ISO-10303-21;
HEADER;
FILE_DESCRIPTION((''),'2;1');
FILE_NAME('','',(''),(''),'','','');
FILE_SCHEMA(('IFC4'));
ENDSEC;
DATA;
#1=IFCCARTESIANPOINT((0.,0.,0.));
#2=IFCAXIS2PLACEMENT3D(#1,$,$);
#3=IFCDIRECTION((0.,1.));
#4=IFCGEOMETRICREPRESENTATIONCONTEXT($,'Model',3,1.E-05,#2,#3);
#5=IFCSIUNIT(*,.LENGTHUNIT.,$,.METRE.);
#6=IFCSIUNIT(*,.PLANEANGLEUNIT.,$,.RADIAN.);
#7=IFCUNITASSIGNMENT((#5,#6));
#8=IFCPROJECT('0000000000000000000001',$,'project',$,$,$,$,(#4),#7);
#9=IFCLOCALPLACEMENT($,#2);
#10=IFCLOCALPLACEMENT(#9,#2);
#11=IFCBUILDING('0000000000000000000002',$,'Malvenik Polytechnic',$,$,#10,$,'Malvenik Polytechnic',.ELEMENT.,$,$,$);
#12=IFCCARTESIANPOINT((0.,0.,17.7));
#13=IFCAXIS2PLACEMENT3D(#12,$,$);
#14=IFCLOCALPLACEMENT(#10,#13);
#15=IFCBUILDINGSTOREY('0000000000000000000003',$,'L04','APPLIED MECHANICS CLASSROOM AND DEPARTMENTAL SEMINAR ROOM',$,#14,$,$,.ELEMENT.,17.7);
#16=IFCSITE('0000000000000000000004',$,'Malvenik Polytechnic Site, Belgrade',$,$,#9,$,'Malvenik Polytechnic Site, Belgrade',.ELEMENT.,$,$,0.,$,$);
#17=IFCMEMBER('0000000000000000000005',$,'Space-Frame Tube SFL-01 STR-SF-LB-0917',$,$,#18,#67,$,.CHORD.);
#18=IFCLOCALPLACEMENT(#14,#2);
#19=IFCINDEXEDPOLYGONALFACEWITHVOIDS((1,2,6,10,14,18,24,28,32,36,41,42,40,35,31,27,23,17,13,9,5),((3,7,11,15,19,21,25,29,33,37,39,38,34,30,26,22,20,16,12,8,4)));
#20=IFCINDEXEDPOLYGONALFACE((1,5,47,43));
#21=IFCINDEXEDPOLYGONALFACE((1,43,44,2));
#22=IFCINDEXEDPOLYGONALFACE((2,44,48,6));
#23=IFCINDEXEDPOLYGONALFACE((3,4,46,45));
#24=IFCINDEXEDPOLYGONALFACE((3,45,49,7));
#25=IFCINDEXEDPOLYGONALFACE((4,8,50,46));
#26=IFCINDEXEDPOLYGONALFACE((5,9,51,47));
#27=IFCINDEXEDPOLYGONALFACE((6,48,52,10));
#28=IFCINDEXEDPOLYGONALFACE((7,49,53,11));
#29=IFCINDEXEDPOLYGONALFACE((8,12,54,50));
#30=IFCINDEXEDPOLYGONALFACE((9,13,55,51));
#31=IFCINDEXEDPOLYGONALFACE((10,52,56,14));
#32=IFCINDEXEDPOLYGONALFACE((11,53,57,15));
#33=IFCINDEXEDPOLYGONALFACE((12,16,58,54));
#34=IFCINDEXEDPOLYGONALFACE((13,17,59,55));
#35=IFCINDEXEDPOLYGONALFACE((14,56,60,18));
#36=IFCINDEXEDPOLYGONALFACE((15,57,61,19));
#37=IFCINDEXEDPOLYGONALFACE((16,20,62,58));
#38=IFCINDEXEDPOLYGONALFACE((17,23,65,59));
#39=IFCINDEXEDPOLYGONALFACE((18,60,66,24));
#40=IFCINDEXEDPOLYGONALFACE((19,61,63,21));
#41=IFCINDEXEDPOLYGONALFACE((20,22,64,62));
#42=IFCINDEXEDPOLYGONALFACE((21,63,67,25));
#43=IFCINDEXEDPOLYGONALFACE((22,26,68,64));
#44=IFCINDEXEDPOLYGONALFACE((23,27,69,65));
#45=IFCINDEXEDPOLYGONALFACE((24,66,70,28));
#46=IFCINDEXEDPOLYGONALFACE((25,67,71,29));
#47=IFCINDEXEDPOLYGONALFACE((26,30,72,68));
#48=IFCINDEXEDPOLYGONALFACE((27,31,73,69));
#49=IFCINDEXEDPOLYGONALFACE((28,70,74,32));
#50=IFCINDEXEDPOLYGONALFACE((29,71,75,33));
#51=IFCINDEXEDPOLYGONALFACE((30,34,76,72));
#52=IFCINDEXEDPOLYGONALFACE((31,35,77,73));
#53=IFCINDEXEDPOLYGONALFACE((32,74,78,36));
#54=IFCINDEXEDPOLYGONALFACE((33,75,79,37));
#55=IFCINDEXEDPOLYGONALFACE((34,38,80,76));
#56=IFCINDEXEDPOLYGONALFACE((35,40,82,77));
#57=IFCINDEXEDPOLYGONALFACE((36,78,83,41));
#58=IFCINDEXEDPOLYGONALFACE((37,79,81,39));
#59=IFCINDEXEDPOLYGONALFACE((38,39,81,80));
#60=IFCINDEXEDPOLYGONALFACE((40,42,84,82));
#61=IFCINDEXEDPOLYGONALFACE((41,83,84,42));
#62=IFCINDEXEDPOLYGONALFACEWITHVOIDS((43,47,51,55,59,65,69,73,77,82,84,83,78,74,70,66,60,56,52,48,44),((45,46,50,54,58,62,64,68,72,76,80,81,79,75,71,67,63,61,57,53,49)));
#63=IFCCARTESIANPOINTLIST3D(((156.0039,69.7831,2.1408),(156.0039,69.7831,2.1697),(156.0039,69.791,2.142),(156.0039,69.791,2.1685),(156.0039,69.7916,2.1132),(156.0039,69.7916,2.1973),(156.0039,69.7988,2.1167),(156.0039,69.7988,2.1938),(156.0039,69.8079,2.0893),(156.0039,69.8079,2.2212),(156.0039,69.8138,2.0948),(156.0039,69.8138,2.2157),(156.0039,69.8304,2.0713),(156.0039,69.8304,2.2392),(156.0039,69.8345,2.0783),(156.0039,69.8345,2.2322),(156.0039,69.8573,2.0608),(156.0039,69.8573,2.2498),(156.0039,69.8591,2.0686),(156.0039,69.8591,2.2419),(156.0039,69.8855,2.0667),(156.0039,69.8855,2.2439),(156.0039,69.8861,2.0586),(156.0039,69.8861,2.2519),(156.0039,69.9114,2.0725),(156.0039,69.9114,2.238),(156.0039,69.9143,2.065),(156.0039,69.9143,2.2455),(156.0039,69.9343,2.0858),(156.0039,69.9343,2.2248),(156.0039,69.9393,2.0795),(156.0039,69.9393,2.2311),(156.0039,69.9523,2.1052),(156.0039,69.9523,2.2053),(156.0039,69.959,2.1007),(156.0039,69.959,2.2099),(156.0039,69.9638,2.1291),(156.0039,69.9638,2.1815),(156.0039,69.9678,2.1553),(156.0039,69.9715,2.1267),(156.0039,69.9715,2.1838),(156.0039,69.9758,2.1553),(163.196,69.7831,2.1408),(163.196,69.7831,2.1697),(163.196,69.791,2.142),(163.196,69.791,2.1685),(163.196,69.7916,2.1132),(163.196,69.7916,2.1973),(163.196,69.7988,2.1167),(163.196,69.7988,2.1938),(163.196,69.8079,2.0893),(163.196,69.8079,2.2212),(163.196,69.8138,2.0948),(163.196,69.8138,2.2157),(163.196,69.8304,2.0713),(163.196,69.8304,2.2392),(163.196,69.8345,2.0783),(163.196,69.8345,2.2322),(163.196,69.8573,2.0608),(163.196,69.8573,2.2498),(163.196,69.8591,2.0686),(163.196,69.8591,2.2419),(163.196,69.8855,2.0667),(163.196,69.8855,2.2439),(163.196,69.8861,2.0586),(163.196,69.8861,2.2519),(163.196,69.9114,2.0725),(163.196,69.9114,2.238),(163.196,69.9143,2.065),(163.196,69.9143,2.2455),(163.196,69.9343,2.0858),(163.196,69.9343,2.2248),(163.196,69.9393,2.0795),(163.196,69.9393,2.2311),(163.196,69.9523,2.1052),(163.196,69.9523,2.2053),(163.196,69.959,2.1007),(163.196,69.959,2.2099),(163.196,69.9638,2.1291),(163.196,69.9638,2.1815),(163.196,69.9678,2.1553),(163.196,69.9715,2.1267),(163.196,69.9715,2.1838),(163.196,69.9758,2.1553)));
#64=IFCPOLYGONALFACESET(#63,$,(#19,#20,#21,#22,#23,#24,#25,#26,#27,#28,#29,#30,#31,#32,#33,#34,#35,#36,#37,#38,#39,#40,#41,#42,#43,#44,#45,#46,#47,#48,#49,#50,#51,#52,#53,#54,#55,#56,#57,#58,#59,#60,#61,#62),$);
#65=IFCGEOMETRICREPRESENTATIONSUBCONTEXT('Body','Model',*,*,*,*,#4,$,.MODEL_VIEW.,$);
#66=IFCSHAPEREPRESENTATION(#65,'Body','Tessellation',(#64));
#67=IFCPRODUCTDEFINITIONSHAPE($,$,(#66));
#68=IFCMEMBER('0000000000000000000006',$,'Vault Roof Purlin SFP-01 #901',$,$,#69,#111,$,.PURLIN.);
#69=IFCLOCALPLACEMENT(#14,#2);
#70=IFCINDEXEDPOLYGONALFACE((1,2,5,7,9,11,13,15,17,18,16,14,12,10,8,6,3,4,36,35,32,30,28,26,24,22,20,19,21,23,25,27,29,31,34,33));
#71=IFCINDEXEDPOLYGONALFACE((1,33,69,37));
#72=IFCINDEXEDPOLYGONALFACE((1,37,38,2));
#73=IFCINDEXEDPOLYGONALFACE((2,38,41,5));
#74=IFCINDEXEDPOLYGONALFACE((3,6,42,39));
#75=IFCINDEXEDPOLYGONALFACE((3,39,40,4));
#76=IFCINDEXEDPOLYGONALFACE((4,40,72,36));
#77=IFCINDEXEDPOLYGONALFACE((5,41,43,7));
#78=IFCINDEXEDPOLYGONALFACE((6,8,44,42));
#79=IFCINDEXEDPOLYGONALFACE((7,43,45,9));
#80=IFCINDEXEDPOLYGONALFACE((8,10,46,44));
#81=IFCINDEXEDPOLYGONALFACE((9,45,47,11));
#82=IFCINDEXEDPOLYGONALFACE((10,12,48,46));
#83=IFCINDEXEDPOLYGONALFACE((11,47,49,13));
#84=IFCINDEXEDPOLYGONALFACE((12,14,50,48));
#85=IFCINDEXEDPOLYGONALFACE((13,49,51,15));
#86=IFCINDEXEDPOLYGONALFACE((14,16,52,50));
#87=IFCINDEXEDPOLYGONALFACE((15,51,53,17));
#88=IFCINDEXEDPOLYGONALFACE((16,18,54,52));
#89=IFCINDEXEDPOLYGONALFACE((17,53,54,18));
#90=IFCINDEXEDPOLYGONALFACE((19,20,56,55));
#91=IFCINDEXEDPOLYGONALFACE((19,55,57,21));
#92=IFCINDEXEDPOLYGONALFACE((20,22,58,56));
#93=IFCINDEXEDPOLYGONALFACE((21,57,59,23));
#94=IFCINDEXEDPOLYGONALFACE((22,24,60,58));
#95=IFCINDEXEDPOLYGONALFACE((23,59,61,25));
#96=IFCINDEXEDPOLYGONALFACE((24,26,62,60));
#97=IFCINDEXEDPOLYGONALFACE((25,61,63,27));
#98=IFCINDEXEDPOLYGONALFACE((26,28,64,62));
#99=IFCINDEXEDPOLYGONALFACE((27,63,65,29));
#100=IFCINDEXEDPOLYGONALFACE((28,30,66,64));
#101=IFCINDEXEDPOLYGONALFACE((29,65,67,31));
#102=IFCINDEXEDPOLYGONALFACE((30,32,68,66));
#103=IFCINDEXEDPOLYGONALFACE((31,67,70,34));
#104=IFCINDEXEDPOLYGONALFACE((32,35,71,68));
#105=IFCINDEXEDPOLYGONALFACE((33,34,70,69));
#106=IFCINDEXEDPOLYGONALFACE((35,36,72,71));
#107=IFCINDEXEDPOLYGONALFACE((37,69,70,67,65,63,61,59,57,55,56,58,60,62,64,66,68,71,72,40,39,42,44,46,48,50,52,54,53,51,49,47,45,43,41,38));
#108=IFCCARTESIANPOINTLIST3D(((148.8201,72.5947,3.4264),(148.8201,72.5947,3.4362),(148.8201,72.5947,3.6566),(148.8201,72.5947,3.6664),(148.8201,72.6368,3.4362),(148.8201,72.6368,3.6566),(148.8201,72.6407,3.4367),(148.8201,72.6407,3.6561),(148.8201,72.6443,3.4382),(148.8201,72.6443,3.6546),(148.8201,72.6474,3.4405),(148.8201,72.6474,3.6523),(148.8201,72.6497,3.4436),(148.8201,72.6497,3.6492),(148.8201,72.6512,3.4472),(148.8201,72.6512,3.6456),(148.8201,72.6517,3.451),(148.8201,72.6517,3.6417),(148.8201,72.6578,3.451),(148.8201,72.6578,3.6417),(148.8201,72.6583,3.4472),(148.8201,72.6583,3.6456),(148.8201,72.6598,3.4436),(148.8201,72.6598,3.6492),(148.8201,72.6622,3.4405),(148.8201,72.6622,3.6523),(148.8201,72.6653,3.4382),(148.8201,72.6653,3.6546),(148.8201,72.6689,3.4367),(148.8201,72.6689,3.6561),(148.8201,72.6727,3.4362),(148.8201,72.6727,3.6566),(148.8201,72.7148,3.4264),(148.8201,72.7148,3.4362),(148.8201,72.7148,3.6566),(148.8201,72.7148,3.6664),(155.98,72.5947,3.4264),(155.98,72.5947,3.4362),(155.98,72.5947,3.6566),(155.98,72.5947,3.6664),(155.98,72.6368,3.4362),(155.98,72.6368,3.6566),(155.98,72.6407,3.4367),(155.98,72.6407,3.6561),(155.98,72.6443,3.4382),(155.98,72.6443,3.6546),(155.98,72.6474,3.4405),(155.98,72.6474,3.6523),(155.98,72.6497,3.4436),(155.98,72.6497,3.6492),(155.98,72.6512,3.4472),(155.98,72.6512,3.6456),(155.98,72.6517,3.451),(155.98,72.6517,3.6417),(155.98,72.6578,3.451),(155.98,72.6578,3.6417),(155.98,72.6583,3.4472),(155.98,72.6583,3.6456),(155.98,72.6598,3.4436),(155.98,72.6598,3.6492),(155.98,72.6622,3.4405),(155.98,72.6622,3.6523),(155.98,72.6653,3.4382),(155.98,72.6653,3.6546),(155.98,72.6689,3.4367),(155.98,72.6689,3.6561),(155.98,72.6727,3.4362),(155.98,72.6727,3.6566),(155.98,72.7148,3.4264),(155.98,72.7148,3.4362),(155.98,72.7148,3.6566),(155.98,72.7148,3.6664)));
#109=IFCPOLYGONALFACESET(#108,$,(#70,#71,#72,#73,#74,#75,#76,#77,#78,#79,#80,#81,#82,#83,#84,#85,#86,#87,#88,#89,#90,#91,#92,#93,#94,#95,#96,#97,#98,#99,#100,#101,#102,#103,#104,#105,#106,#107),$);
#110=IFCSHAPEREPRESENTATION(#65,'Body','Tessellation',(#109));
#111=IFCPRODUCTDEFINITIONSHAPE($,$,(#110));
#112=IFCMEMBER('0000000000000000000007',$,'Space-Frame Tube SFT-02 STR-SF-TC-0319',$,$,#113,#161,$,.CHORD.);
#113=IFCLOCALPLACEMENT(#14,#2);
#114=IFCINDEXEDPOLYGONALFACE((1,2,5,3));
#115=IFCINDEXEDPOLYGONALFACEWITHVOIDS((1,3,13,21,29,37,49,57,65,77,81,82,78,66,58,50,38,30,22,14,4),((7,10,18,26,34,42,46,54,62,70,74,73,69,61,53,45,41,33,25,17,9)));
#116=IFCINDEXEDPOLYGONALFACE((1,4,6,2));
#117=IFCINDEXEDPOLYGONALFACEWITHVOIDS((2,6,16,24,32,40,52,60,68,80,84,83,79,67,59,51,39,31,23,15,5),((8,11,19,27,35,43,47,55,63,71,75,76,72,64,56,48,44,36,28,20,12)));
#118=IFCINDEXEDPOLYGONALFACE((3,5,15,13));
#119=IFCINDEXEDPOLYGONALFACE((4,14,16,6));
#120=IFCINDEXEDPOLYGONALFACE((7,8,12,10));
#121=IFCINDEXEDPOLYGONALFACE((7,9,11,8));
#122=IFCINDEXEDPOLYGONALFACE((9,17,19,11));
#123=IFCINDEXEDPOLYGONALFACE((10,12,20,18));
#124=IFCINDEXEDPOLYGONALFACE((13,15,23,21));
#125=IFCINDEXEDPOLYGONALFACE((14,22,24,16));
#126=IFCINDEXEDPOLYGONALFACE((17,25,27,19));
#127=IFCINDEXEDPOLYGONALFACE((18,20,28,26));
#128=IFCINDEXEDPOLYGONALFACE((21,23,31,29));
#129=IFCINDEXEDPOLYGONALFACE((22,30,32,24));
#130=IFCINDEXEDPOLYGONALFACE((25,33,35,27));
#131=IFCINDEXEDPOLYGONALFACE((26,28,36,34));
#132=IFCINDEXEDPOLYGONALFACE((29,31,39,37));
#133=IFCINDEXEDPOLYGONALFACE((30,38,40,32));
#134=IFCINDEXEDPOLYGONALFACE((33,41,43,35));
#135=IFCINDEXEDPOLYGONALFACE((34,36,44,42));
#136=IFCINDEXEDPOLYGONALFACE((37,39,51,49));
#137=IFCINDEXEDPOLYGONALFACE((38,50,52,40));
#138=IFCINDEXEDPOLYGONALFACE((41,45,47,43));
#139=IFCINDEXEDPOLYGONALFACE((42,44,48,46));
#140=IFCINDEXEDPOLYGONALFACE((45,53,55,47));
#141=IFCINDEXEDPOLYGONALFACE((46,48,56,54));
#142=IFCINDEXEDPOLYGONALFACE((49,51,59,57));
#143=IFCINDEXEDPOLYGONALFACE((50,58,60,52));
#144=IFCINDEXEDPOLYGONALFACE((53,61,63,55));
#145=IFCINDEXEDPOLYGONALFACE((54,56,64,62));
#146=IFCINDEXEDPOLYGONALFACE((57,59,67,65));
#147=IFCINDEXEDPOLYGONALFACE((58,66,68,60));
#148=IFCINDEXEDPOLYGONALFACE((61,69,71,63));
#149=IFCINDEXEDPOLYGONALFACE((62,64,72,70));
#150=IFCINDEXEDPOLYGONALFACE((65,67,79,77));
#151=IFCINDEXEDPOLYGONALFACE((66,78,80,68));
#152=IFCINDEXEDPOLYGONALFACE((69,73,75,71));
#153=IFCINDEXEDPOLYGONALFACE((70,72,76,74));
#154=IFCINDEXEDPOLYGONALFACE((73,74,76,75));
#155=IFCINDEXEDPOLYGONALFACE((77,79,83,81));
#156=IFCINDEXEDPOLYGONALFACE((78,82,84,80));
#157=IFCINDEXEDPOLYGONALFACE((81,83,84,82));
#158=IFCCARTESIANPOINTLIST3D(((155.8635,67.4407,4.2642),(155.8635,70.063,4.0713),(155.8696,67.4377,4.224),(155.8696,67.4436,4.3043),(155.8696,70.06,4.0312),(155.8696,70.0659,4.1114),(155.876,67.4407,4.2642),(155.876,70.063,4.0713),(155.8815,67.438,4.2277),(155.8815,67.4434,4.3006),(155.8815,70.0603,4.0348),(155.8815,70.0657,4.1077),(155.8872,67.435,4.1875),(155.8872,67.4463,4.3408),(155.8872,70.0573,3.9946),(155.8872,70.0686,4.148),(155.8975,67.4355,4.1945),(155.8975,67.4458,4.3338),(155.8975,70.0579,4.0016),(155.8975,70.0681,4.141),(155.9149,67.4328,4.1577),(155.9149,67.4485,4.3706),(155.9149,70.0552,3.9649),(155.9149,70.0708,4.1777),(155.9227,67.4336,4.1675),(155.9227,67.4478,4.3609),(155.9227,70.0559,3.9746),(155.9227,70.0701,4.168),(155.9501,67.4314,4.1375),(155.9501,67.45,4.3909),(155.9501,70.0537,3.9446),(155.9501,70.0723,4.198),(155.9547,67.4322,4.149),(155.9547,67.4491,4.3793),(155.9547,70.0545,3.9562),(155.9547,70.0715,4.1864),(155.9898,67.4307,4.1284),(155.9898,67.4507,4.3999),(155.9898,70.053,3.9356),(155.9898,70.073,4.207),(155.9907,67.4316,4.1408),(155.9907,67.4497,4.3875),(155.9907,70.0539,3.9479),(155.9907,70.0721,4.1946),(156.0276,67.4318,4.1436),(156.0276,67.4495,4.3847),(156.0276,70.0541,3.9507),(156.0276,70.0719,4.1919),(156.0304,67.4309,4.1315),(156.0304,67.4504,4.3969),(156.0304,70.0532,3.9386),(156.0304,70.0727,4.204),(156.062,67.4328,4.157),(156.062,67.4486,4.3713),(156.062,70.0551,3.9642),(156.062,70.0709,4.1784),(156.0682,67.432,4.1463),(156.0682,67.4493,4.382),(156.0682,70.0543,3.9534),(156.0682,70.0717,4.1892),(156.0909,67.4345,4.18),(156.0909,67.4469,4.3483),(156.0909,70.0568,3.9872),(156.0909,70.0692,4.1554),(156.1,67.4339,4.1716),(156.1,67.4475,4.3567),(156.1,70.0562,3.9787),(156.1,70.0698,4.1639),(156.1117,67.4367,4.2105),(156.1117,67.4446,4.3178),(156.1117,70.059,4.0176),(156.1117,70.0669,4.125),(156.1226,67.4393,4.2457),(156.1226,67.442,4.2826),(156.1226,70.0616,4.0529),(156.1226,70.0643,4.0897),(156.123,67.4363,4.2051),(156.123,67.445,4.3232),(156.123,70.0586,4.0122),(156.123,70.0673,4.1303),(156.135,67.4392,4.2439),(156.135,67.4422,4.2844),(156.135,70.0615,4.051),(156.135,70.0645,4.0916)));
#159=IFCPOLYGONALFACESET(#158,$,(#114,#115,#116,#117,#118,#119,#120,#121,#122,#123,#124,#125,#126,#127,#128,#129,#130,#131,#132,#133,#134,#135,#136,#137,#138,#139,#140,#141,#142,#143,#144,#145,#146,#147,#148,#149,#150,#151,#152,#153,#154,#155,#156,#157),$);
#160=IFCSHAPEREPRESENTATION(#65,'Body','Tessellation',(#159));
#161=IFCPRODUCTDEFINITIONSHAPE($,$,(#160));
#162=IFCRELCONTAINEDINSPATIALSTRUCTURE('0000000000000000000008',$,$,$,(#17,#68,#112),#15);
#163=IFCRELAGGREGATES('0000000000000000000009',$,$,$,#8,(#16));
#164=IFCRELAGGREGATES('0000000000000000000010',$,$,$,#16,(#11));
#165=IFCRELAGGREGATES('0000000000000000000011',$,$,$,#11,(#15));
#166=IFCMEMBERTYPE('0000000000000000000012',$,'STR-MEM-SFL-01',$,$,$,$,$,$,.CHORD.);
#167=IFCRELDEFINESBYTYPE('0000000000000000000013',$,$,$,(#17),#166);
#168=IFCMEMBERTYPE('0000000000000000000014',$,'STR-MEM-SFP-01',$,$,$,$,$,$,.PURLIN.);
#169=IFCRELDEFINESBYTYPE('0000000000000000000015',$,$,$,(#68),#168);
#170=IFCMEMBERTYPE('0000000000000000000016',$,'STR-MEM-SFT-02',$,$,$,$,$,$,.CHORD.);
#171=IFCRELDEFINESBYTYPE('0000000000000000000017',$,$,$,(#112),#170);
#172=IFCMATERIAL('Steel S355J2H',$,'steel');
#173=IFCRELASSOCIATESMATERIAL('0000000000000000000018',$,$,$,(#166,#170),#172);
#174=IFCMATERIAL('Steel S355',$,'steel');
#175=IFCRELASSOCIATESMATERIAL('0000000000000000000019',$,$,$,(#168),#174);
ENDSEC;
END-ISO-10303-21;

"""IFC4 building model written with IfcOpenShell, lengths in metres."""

from ifc_helpers import new_model, si_unit, direction, frame, origin, origin_2d, place, context, subcontext, project, spatial, hollow_circle, i_section, extrude, material, material_profile, profile_set, type_object, element, save


model = new_model("IFC4")

# Units and contexts
model_context = context("Model", 3, precision=1e-05, world=origin(), true_north=direction((0.0, 1.0)))
body_context = subcontext(model_context, "Body", "Model", "MODEL_VIEW")
ifc_project = project(units=[si_unit("LENGTHUNIT", "METRE"), si_unit("PLANEANGLEUNIT", "RADIAN")], contexts=[model_context])

# Site, building, storey
site_placement = place(None, origin())
site = spatial("IfcSite", under=ifc_project, at=site_placement, Name="Malvenik Polytechnic Site, Belgrade", LongName="Malvenik Polytechnic Site, Belgrade", CompositionType="ELEMENT", RefElevation=0.0)
building_placement = place(site_placement, origin())
building = spatial("IfcBuilding", under=site, at=building_placement, Name="Malvenik Polytechnic", LongName="Malvenik Polytechnic", CompositionType="ELEMENT")
storey_placement = place(building_placement, frame((0.0, 0.0, 17.7)))
storey = spatial("IfcBuildingStorey", under=building, at=storey_placement, Name="L04", Description="APPLIED MECHANICS CLASSROOM AND DEPARTMENTAL SEMINAR ROOM", CompositionType="ELEMENT", Elevation=17.7)

# Members
ifc_material_1 = material(Name="Steel S355J2H", Category="steel")
ifc_material_profile_1 = material_profile(ifc_material_1, hollow_circle(Radius=0.0969, WallThickness=0.0081, at=origin_2d()), Name="CHS 193.7x8.0")
ifc_profile_set_1 = profile_set([ifc_material_profile_1], Name="Steel S355J2H")
member_type_1 = type_object("IfcMemberType", Name="STR-MEM-SFL-01", PredefinedType="CHORD", material=ifc_profile_set_1)
for number, where, z_axis, x_axis, name in (
    (1, (156.0039, 69.8789, 2.1553), (1.0, 0.0, 0.0), (0.0, 1.0, 0.0), "Space-Frame Tube SFL-01 STR-SF-LB-0917"),
):
    element("IfcMember", number, at=place(storey_placement, frame(where, z_axis=z_axis, x_axis=x_axis)), inside=storey, type_object=member_type_1, Name=name, PredefinedType="CHORD", context=body_context, shape_type="SweptSolid", body=[
        extrude(hollow_circle(Radius=0.0969, WallThickness=0.0081, at=origin_2d()), origin(), (0.0, 0.0, 1.0), 7.1921),
    ])
ifc_material_2 = material(Name="Steel S355", Category="steel")
ifc_material_profile_2 = material_profile(ifc_material_2, i_section(OverallWidth=0.1201, OverallDepth=0.24, WebThickness=0.0061, FlangeThickness=0.0098, FilletRadius=0.0149, at=origin_2d()), Name="IPE 240")
ifc_profile_set_2 = profile_set([ifc_material_profile_2], Name="Steel S355")
member_type_2 = type_object("IfcMemberType", Name="STR-MEM-SFP-01", PredefinedType="PURLIN", material=ifc_profile_set_2)
member_1_placement = place(storey_placement, frame((148.8201, 72.6548, 3.5464), z_axis=(1.0, 0.0, 0.0), x_axis=(0.0, 1.0, 0.0)))
element("IfcMember", 2, at=member_1_placement, inside=storey, type_object=member_type_2, Name="Vault Roof Purlin SFP-01 #901", PredefinedType="PURLIN", context=body_context, shape_type="SweptSolid", body=[
    extrude(i_section(OverallWidth=0.1201, OverallDepth=0.24, WebThickness=0.0061, FlangeThickness=0.0098, FilletRadius=0.0149, at=origin_2d()), origin(), (0.0, 0.0, 1.0), 7.1599),
])
ifc_material_profile_3 = material_profile(ifc_material_1, hollow_circle(Radius=0.1365, WallThickness=0.0125, at=origin_2d()), Name="CHS 273.0x12.5")
ifc_profile_set_3 = profile_set([ifc_material_profile_3], Name="Steel S355J2H")
member_type_3 = type_object("IfcMemberType", Name="STR-MEM-SFT-02", PredefinedType="CHORD", material=ifc_profile_set_3)
for number, where, z_axis, x_axis, name in (
    (3, (156.0, 67.4407, 4.2642), (0.0, 0.997306, -0.073352), (-1.0, 0.0, 0.0), "Space-Frame Tube SFT-02 STR-SF-TC-0319"),
):
    element("IfcMember", number, at=place(storey_placement, frame(where, z_axis=z_axis, x_axis=x_axis)), inside=storey, type_object=member_type_3, Name=name, PredefinedType="CHORD", context=body_context, shape_type="SweptSolid", body=[
        extrude(hollow_circle(Radius=0.1365, WallThickness=0.0125, at=origin_2d()), origin(), (0.0, 0.0, 1.0), 2.6294),
    ])

save(model, "model.ifc")
